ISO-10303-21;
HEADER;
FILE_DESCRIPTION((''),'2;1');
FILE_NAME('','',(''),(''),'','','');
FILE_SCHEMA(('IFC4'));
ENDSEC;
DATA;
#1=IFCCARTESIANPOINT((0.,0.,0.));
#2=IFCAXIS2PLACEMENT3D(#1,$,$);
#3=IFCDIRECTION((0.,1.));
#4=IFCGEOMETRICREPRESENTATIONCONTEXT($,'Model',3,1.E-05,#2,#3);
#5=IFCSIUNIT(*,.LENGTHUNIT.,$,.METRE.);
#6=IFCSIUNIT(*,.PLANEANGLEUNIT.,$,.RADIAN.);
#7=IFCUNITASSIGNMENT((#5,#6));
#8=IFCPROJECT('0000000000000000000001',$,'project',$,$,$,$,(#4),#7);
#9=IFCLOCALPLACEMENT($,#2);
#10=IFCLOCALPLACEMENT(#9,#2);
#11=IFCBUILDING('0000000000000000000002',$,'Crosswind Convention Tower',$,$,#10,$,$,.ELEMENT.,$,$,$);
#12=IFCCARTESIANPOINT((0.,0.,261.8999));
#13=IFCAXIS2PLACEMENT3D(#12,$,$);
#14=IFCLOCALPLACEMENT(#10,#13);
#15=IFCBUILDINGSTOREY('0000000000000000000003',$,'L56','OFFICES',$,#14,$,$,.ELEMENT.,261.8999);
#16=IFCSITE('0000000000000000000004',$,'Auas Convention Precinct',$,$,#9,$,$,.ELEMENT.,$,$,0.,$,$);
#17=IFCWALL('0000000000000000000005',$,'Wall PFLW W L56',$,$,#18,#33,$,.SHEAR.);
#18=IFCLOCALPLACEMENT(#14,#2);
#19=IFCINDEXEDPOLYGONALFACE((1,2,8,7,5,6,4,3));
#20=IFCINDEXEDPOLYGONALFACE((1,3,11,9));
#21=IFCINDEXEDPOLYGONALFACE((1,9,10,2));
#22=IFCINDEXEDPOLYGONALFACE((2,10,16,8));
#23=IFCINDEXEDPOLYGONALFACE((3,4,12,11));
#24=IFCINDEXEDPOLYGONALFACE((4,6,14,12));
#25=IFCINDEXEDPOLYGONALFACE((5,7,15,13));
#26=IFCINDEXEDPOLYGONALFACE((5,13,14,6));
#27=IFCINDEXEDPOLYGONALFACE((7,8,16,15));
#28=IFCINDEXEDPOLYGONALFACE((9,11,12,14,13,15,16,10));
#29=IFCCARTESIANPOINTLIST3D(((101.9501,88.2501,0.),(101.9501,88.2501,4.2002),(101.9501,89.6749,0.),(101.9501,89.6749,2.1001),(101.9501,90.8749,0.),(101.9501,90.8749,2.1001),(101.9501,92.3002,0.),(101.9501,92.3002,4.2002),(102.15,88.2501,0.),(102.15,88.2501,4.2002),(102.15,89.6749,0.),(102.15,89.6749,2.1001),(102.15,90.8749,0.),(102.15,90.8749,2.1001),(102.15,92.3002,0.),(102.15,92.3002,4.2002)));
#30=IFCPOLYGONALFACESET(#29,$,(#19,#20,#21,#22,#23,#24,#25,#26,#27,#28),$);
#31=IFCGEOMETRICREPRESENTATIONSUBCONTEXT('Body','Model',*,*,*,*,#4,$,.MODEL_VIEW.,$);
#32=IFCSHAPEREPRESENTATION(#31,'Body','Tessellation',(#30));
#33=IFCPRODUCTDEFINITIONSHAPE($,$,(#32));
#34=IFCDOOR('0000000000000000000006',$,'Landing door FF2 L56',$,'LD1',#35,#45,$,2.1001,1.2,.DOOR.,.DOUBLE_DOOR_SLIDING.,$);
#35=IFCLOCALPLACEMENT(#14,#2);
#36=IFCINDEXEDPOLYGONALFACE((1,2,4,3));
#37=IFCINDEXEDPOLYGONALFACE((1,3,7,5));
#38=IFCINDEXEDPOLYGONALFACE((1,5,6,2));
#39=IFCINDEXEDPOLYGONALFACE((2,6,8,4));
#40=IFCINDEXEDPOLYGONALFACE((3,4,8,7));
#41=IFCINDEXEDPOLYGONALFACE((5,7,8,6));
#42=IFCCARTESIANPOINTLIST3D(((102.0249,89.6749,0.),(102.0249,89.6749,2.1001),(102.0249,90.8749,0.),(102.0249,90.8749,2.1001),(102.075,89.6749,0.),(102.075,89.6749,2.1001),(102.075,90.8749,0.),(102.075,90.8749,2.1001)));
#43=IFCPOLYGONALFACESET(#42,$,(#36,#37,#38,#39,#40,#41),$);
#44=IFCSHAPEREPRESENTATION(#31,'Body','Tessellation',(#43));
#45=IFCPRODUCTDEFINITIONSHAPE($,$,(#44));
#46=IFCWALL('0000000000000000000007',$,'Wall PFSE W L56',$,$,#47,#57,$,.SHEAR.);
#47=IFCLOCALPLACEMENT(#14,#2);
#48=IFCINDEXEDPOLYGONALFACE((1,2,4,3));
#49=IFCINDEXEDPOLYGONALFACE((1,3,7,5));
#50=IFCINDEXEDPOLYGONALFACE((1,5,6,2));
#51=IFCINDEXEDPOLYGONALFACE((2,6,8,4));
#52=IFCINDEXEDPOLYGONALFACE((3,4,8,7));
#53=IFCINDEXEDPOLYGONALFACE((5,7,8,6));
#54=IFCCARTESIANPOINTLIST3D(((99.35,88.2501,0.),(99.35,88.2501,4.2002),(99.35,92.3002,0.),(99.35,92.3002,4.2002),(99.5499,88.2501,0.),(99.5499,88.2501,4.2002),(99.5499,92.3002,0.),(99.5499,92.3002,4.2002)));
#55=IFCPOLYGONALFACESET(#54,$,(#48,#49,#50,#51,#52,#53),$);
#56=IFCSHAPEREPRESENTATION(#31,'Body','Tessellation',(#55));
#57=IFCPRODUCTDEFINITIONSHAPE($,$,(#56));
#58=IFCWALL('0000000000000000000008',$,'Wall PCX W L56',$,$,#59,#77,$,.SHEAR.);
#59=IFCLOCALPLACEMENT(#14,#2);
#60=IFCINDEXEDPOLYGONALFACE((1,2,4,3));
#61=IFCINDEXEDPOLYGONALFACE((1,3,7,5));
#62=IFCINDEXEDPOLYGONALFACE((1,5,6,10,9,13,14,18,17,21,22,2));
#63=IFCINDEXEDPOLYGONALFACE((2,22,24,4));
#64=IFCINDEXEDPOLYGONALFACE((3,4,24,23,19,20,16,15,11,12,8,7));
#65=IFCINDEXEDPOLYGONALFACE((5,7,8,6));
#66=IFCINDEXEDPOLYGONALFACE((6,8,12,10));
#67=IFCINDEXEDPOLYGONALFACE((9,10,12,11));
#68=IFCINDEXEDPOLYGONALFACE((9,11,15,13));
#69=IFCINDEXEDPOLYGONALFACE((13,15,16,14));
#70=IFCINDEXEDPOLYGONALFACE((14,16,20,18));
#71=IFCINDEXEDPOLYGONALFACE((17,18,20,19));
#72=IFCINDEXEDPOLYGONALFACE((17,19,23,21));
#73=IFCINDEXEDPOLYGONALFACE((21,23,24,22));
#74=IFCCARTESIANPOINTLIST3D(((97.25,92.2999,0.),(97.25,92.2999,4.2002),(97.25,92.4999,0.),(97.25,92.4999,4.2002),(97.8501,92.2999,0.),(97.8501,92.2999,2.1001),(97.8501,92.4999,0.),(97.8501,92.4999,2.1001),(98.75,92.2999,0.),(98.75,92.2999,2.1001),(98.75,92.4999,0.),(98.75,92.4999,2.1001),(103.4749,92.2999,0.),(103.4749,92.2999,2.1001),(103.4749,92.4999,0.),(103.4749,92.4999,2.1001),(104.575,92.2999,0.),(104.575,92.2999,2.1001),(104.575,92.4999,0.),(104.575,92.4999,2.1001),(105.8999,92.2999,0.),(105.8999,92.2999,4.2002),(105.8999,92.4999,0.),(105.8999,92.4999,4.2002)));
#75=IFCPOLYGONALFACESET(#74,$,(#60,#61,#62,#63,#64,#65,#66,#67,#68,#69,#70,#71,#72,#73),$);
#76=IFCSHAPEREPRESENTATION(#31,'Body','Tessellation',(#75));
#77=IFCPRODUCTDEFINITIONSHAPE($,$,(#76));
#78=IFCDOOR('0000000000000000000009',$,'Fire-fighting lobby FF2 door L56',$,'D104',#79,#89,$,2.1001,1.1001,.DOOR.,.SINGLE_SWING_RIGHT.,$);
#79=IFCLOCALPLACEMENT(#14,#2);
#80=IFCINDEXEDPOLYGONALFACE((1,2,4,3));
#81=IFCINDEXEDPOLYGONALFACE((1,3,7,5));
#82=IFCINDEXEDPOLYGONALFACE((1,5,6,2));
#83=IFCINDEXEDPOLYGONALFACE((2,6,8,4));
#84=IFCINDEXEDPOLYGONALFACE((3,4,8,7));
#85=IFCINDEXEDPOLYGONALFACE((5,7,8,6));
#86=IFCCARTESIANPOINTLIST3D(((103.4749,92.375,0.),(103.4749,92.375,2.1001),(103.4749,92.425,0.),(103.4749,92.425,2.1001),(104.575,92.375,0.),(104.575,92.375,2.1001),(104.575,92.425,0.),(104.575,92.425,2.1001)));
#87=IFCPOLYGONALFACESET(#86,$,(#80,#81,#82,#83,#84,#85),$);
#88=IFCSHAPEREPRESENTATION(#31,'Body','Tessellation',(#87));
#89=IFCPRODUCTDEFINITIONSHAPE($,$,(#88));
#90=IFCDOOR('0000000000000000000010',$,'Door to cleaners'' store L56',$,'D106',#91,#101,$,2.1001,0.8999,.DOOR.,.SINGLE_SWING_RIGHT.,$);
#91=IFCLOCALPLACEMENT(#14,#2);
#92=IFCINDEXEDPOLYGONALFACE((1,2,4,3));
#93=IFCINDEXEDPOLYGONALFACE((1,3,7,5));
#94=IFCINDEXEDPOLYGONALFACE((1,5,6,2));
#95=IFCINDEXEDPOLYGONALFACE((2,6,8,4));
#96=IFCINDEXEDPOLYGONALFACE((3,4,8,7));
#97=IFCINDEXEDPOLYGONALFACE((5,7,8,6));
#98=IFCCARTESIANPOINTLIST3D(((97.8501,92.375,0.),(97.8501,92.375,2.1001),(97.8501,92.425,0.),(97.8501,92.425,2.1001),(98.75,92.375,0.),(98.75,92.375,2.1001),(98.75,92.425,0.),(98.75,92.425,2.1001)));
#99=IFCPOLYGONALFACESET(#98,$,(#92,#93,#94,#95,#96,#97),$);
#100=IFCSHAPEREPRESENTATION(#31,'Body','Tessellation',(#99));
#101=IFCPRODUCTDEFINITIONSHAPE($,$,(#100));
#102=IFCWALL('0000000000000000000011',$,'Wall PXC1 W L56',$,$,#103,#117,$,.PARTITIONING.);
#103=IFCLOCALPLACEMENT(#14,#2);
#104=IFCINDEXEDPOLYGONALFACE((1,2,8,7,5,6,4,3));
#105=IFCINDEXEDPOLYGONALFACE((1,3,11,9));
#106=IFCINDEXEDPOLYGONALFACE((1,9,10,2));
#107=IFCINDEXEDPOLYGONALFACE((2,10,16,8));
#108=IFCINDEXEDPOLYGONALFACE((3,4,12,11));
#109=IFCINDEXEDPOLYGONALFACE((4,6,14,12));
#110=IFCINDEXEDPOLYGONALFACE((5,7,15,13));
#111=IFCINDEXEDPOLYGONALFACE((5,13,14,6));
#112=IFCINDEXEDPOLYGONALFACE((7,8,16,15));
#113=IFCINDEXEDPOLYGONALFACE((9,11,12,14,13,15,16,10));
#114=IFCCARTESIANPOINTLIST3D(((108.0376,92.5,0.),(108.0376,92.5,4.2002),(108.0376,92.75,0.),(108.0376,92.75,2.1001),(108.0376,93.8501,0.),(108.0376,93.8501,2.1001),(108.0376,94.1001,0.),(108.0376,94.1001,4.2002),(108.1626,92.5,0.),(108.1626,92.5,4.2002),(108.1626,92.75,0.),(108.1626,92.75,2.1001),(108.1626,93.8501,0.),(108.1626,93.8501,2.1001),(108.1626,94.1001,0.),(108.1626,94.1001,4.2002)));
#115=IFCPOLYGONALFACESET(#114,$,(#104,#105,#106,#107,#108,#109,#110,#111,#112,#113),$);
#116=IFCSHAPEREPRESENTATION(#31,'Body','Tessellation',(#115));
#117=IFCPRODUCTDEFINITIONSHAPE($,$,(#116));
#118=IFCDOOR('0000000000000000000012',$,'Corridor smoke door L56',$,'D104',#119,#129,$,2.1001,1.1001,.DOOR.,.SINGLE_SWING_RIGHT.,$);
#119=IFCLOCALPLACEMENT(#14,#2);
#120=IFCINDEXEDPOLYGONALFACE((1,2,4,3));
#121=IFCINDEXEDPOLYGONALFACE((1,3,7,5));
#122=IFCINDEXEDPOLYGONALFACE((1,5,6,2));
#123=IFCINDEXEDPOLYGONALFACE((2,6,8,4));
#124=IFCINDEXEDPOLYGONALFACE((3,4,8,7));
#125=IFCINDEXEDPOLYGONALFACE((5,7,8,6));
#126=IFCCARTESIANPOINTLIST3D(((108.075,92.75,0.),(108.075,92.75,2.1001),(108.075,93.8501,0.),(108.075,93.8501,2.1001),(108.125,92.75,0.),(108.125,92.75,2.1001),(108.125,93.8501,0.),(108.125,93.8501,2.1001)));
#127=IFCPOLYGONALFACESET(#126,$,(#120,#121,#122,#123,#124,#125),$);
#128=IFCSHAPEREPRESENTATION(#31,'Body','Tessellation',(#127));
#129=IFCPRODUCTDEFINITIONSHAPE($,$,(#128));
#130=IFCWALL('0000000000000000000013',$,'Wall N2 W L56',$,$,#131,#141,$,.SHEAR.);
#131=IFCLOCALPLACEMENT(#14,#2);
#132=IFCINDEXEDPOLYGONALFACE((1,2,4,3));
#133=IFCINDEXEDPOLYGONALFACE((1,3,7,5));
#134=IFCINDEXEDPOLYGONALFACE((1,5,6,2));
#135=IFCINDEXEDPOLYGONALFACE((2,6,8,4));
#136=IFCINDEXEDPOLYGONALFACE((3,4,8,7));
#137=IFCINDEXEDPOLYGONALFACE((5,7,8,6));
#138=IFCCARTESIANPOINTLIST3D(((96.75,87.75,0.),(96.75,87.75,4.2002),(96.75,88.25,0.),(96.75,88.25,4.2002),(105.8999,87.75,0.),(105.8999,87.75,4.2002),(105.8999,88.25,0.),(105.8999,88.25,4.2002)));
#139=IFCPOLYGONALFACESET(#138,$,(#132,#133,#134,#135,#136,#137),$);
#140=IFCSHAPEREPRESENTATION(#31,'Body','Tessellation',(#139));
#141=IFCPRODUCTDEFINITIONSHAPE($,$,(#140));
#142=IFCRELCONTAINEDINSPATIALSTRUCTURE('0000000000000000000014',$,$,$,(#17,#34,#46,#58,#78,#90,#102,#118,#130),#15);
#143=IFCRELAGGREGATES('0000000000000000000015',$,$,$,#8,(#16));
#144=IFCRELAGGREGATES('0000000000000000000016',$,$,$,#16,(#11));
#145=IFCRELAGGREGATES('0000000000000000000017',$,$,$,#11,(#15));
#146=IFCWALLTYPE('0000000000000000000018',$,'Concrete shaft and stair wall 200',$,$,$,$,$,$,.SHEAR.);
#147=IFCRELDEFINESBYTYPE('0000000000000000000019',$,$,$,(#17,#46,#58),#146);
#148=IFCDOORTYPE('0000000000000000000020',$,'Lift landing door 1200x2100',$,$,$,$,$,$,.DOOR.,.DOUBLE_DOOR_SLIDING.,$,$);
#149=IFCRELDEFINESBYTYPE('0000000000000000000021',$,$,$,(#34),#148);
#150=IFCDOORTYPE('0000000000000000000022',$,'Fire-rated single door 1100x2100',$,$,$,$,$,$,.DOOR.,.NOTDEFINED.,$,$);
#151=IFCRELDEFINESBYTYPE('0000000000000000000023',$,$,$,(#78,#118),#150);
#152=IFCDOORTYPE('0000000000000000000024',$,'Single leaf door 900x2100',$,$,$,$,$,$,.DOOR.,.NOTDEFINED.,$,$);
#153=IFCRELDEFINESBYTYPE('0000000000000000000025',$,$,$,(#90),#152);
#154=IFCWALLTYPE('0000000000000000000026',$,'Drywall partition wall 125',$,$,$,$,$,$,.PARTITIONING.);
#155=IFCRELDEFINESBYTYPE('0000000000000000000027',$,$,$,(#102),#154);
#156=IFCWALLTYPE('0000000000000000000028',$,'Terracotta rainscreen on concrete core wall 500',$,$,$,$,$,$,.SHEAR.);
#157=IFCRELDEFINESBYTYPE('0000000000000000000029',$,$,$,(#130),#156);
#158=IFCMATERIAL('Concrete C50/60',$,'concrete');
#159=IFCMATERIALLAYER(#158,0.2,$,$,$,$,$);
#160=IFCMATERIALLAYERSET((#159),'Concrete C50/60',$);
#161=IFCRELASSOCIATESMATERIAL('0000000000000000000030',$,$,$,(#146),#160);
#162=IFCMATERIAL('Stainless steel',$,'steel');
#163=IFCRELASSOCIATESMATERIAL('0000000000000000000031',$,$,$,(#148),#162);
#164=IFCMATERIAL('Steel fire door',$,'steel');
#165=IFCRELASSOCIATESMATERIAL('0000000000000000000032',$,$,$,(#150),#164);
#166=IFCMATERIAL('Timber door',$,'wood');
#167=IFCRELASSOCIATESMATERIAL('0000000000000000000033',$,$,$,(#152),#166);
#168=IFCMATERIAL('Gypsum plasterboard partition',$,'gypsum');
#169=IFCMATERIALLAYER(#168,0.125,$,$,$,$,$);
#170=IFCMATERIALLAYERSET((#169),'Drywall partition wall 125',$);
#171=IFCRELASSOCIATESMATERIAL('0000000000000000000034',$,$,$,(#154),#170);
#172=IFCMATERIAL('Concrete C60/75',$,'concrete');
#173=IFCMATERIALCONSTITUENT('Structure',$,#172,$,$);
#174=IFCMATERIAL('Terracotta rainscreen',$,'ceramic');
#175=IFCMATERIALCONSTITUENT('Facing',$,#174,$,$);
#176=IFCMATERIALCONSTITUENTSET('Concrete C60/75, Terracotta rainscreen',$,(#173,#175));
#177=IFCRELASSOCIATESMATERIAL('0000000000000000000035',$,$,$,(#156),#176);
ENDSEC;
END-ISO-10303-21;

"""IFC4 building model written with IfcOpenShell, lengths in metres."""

from ifc_helpers import new_model, si_unit, direction, frame, frame_2d, origin, place, context, subcontext, project, spatial, rectangle, extrude, material, layer, layer_set, constituent, constituent_set, type_object, element, fill, save


model = new_model("IFC4")

# Units and contexts
model_context = context("Model", 3, precision=1e-05, world=origin(), true_north=direction((0.0, 1.0)))
body_context = subcontext(model_context, "Body", "Model", "MODEL_VIEW")
ifc_project = project(units=[si_unit("LENGTHUNIT", "METRE"), si_unit("PLANEANGLEUNIT", "RADIAN")], contexts=[model_context])

# Site, building, storey
site_placement = place(None, origin())
site = spatial("IfcSite", under=ifc_project, at=site_placement, Name="Auas Convention Precinct", CompositionType="ELEMENT", RefElevation=0.0)
building_placement = place(site_placement, origin())
building = spatial("IfcBuilding", under=site, at=building_placement, Name="Crosswind Convention Tower", CompositionType="ELEMENT")
storey_placement = place(building_placement, frame((0.0, 0.0, 261.8999)))
storey = spatial("IfcBuildingStorey", under=building, at=storey_placement, Name="L56", Description="OFFICES", CompositionType="ELEMENT", Elevation=261.8999)

# Shared definitions
ifc_material_1 = material(Name="Concrete C50/60", Category="concrete")
ifc_layer_1 = layer(ifc_material_1, 0.2)
ifc_layer_set_1 = layer_set([ifc_layer_1], Name="Concrete C50/60")
wall_type_1 = type_object("IfcWallType", Name="Concrete shaft and stair wall 200", PredefinedType="SHEAR", material=ifc_layer_set_1)

# Wall, opening, door
wall_1_placement = place(storey_placement, frame((102.05, 92.3, 0.0), z_axis=(0.0, 0.0, 1.0), x_axis=(0.0, -1.0, 0.0)))
wall_1 = element("IfcWall", 1, at=wall_1_placement, inside=storey, type_object=wall_type_1, Name="Wall PFLW W L56", PredefinedType="SHEAR", context=body_context, shape_type="SweptSolid", body=[
    extrude(rectangle(XDim=4.05, YDim=0.2, at=frame_2d((2.0249, 0.0))), origin(), (0.0, 0.0, 1.0), 4.2002),
])
opening_1_placement = place(wall_1_placement, frame((1.425, 0.0, 0.0)))
opening_1 = element("IfcOpeningElement", 2, at=opening_1_placement, cuts=wall_1, PredefinedType="OPENING", context=body_context, shape_type="SweptSolid", body=[
    extrude(rectangle(XDim=1.2, YDim=2.1001, at=frame_2d((0.6001, 1.05))), frame((0.0, 0.1099, 0.0), z_axis=(0.0, -1.0, 0.0), x_axis=(1.0, 0.0, 0.0)), (0.0, 0.0, 1.0), 0.22),
])
ifc_material_2 = material(Name="Stainless steel", Category="steel")
door_type_1 = type_object("IfcDoorType", Name="Lift landing door 1200x2100", OperationType="DOUBLE_DOOR_SLIDING", PredefinedType="DOOR", material=ifc_material_2)
door_1_placement = place(opening_1_placement, origin())
door_1 = element("IfcDoor", 3, at=door_1_placement, inside=storey, type_object=door_type_1, Name="Landing door FF2 L56", ObjectType="LD1", OperationType="DOUBLE_DOOR_SLIDING", OverallHeight=2.1001, OverallWidth=1.2, PredefinedType="DOOR", context=body_context, shape_type="SweptSolid", body=[
    extrude(rectangle(XDim=1.2, YDim=2.1001, at=frame_2d((0.6001, 1.05))), frame((0.0, 0.0249, 0.0), z_axis=(0.0, -1.0, 0.0), x_axis=(1.0, 0.0, 0.0)), (0.0, 0.0, 1.0), 0.05),
])
fill(opening_1, door_1)

# Wall
wall_2_placement = place(storey_placement, frame((99.45, 92.3, 0.0), z_axis=(0.0, 0.0, 1.0), x_axis=(0.0, -1.0, 0.0)))
element("IfcWall", 4, at=wall_2_placement, inside=storey, type_object=wall_type_1, Name="Wall PFSE W L56", PredefinedType="SHEAR", context=body_context, shape_type="SweptSolid", body=[
    extrude(rectangle(XDim=4.05, YDim=0.2, at=frame_2d((2.0249, 0.0))), origin(), (0.0, 0.0, 1.0), 4.2002),
])

# Wall, openings, doors
wall_3_placement = place(storey_placement, frame((105.8999, 92.3999, 0.0), z_axis=(0.0, 0.0, 1.0), x_axis=(-1.0, 0.0, 0.0)))
wall_3 = element("IfcWall", 5, at=wall_3_placement, inside=storey, type_object=wall_type_1, Name="Wall PCX W L56", PredefinedType="SHEAR", context=body_context, shape_type="SweptSolid", body=[
    extrude(rectangle(XDim=8.6499, YDim=0.2, at=frame_2d((4.325, 0.0))), origin(), (0.0, 0.0, 1.0), 4.2002),
])
opening_2_placement = place(wall_3_placement, frame((1.325, 0.0, 0.0)))
opening_2 = element("IfcOpeningElement", 6, at=opening_2_placement, cuts=wall_3, PredefinedType="OPENING", context=body_context, shape_type="SweptSolid", body=[
    extrude(rectangle(XDim=1.1001, YDim=2.1001, at=frame_2d((0.55, 1.05))), frame((0.0, 0.1099, 0.0), z_axis=(0.0, -1.0, 0.0), x_axis=(1.0, 0.0, 0.0)), (0.0, 0.0, 1.0), 0.22),
])
opening_3_placement = place(wall_3_placement, frame((7.1499, 0.0, 0.0)))
opening_3 = element("IfcOpeningElement", 7, at=opening_3_placement, cuts=wall_3, PredefinedType="OPENING", context=body_context, shape_type="SweptSolid", body=[
    extrude(rectangle(XDim=0.8999, YDim=2.1001, at=frame_2d((0.45, 1.05))), frame((0.0, 0.1099, 0.0), z_axis=(0.0, -1.0, 0.0), x_axis=(1.0, 0.0, 0.0)), (0.0, 0.0, 1.0), 0.22),
])
ifc_material_3 = material(Name="Steel fire door", Category="steel")
door_type_2 = type_object("IfcDoorType", Name="Fire-rated single door 1100x2100", OperationType="NOTDEFINED", PredefinedType="DOOR", material=ifc_material_3)
door_2_placement = place(opening_2_placement, origin())
door_2 = element("IfcDoor", 8, at=door_2_placement, inside=storey, type_object=door_type_2, Name="Fire-fighting lobby FF2 door L56", ObjectType="D104", OperationType="SINGLE_SWING_RIGHT", OverallHeight=2.1001, OverallWidth=1.1001, PredefinedType="DOOR", context=body_context, shape_type="SweptSolid", body=[
    extrude(rectangle(XDim=1.1001, YDim=2.1001, at=frame_2d((0.55, 1.05))), frame((0.0, 0.0249, 0.0), z_axis=(0.0, -1.0, 0.0), x_axis=(1.0, 0.0, 0.0)), (0.0, 0.0, 1.0), 0.05),
])
fill(opening_2, door_2)
ifc_material_4 = material(Name="Timber door", Category="wood")
door_type_3 = type_object("IfcDoorType", Name="Single leaf door 900x2100", OperationType="NOTDEFINED", PredefinedType="DOOR", material=ifc_material_4)
door_3_placement = place(opening_3_placement, origin())
door_3 = element("IfcDoor", 9, at=door_3_placement, inside=storey, type_object=door_type_3, Name="Door to cleaners' store L56", ObjectType="D106", OperationType="SINGLE_SWING_RIGHT", OverallHeight=2.1001, OverallWidth=0.8999, PredefinedType="DOOR", context=body_context, shape_type="SweptSolid", body=[
    extrude(rectangle(XDim=0.8999, YDim=2.1001, at=frame_2d((0.45, 1.05))), frame((0.0, 0.0249, 0.0), z_axis=(0.0, -1.0, 0.0), x_axis=(1.0, 0.0, 0.0)), (0.0, 0.0, 1.0), 0.05),
])
fill(opening_3, door_3)

# Wall, opening, door
ifc_material_5 = material(Name="Gypsum plasterboard partition", Category="gypsum")
ifc_layer_2 = layer(ifc_material_5, 0.125)
ifc_layer_set_2 = layer_set([ifc_layer_2], Name="Drywall partition wall 125")
wall_type_2 = type_object("IfcWallType", Name="Drywall partition wall 125", PredefinedType="PARTITIONING", material=ifc_layer_set_2)
wall_4_placement = place(storey_placement, frame((108.1001, 94.1001, 0.0), z_axis=(0.0, 0.0, 1.0), x_axis=(0.0, -1.0, 0.0)))
wall_4 = element("IfcWall", 10, at=wall_4_placement, inside=storey, type_object=wall_type_2, Name="Wall PXC1 W L56", PredefinedType="PARTITIONING", context=body_context, shape_type="SweptSolid", body=[
    extrude(rectangle(XDim=1.6001, YDim=0.125, at=frame_2d((0.8, 0.0))), origin(), (0.0, 0.0, 1.0), 4.2002),
])
opening_4_placement = place(wall_4_placement, frame((0.25, 0.0, 0.0)))
opening_4 = element("IfcOpeningElement", 11, at=opening_4_placement, cuts=wall_4, PredefinedType="OPENING", context=body_context, shape_type="SweptSolid", body=[
    extrude(rectangle(XDim=1.1001, YDim=2.1001, at=frame_2d((0.55, 1.05))), frame((0.0, 0.0725, 0.0), z_axis=(0.0, -1.0, 0.0), x_axis=(1.0, 0.0, 0.0)), (0.0, 0.0, 1.0), 0.145),
])
door_4_placement = place(opening_4_placement, origin())
door_4 = element("IfcDoor", 12, at=door_4_placement, inside=storey, type_object=door_type_2, Name="Corridor smoke door L56", ObjectType="D104", OperationType="SINGLE_SWING_RIGHT", OverallHeight=2.1001, OverallWidth=1.1001, PredefinedType="DOOR", context=body_context, shape_type="SweptSolid", body=[
    extrude(rectangle(XDim=1.1001, YDim=2.1001, at=frame_2d((0.55, 1.05))), frame((0.0, 0.0249, 0.0), z_axis=(0.0, -1.0, 0.0), x_axis=(1.0, 0.0, 0.0)), (0.0, 0.0, 1.0), 0.05),
])
fill(opening_4, door_4)

# Wall
ifc_material_6 = material(Name="Concrete C60/75", Category="concrete")
ifc_constituent_1 = constituent(ifc_material_6, Name="Structure")
ifc_material_7 = material(Name="Terracotta rainscreen", Category="ceramic")
ifc_constituent_2 = constituent(ifc_material_7, Name="Facing")
ifc_constituent_set = constituent_set(constituents=[ifc_constituent_1, ifc_constituent_2], Name="Concrete C60/75, Terracotta rainscreen")
wall_type_3 = type_object("IfcWallType", Name="Terracotta rainscreen on concrete core wall 500", PredefinedType="SHEAR", material=ifc_constituent_set)
wall_5_placement = place(storey_placement, frame((105.8999, 88.0, 0.0), z_axis=(0.0, 0.0, 1.0), x_axis=(-1.0, 0.0, 0.0)))
element("IfcWall", 13, at=wall_5_placement, inside=storey, type_object=wall_type_3, Name="Wall N2 W L56", PredefinedType="SHEAR", context=body_context, shape_type="SweptSolid", body=[
    extrude(rectangle(XDim=9.1499, YDim=0.5, at=frame_2d((4.575, 0.0))), origin(), (0.0, 0.0, 1.0), 4.2002),
])

save(model, "model.ifc")
